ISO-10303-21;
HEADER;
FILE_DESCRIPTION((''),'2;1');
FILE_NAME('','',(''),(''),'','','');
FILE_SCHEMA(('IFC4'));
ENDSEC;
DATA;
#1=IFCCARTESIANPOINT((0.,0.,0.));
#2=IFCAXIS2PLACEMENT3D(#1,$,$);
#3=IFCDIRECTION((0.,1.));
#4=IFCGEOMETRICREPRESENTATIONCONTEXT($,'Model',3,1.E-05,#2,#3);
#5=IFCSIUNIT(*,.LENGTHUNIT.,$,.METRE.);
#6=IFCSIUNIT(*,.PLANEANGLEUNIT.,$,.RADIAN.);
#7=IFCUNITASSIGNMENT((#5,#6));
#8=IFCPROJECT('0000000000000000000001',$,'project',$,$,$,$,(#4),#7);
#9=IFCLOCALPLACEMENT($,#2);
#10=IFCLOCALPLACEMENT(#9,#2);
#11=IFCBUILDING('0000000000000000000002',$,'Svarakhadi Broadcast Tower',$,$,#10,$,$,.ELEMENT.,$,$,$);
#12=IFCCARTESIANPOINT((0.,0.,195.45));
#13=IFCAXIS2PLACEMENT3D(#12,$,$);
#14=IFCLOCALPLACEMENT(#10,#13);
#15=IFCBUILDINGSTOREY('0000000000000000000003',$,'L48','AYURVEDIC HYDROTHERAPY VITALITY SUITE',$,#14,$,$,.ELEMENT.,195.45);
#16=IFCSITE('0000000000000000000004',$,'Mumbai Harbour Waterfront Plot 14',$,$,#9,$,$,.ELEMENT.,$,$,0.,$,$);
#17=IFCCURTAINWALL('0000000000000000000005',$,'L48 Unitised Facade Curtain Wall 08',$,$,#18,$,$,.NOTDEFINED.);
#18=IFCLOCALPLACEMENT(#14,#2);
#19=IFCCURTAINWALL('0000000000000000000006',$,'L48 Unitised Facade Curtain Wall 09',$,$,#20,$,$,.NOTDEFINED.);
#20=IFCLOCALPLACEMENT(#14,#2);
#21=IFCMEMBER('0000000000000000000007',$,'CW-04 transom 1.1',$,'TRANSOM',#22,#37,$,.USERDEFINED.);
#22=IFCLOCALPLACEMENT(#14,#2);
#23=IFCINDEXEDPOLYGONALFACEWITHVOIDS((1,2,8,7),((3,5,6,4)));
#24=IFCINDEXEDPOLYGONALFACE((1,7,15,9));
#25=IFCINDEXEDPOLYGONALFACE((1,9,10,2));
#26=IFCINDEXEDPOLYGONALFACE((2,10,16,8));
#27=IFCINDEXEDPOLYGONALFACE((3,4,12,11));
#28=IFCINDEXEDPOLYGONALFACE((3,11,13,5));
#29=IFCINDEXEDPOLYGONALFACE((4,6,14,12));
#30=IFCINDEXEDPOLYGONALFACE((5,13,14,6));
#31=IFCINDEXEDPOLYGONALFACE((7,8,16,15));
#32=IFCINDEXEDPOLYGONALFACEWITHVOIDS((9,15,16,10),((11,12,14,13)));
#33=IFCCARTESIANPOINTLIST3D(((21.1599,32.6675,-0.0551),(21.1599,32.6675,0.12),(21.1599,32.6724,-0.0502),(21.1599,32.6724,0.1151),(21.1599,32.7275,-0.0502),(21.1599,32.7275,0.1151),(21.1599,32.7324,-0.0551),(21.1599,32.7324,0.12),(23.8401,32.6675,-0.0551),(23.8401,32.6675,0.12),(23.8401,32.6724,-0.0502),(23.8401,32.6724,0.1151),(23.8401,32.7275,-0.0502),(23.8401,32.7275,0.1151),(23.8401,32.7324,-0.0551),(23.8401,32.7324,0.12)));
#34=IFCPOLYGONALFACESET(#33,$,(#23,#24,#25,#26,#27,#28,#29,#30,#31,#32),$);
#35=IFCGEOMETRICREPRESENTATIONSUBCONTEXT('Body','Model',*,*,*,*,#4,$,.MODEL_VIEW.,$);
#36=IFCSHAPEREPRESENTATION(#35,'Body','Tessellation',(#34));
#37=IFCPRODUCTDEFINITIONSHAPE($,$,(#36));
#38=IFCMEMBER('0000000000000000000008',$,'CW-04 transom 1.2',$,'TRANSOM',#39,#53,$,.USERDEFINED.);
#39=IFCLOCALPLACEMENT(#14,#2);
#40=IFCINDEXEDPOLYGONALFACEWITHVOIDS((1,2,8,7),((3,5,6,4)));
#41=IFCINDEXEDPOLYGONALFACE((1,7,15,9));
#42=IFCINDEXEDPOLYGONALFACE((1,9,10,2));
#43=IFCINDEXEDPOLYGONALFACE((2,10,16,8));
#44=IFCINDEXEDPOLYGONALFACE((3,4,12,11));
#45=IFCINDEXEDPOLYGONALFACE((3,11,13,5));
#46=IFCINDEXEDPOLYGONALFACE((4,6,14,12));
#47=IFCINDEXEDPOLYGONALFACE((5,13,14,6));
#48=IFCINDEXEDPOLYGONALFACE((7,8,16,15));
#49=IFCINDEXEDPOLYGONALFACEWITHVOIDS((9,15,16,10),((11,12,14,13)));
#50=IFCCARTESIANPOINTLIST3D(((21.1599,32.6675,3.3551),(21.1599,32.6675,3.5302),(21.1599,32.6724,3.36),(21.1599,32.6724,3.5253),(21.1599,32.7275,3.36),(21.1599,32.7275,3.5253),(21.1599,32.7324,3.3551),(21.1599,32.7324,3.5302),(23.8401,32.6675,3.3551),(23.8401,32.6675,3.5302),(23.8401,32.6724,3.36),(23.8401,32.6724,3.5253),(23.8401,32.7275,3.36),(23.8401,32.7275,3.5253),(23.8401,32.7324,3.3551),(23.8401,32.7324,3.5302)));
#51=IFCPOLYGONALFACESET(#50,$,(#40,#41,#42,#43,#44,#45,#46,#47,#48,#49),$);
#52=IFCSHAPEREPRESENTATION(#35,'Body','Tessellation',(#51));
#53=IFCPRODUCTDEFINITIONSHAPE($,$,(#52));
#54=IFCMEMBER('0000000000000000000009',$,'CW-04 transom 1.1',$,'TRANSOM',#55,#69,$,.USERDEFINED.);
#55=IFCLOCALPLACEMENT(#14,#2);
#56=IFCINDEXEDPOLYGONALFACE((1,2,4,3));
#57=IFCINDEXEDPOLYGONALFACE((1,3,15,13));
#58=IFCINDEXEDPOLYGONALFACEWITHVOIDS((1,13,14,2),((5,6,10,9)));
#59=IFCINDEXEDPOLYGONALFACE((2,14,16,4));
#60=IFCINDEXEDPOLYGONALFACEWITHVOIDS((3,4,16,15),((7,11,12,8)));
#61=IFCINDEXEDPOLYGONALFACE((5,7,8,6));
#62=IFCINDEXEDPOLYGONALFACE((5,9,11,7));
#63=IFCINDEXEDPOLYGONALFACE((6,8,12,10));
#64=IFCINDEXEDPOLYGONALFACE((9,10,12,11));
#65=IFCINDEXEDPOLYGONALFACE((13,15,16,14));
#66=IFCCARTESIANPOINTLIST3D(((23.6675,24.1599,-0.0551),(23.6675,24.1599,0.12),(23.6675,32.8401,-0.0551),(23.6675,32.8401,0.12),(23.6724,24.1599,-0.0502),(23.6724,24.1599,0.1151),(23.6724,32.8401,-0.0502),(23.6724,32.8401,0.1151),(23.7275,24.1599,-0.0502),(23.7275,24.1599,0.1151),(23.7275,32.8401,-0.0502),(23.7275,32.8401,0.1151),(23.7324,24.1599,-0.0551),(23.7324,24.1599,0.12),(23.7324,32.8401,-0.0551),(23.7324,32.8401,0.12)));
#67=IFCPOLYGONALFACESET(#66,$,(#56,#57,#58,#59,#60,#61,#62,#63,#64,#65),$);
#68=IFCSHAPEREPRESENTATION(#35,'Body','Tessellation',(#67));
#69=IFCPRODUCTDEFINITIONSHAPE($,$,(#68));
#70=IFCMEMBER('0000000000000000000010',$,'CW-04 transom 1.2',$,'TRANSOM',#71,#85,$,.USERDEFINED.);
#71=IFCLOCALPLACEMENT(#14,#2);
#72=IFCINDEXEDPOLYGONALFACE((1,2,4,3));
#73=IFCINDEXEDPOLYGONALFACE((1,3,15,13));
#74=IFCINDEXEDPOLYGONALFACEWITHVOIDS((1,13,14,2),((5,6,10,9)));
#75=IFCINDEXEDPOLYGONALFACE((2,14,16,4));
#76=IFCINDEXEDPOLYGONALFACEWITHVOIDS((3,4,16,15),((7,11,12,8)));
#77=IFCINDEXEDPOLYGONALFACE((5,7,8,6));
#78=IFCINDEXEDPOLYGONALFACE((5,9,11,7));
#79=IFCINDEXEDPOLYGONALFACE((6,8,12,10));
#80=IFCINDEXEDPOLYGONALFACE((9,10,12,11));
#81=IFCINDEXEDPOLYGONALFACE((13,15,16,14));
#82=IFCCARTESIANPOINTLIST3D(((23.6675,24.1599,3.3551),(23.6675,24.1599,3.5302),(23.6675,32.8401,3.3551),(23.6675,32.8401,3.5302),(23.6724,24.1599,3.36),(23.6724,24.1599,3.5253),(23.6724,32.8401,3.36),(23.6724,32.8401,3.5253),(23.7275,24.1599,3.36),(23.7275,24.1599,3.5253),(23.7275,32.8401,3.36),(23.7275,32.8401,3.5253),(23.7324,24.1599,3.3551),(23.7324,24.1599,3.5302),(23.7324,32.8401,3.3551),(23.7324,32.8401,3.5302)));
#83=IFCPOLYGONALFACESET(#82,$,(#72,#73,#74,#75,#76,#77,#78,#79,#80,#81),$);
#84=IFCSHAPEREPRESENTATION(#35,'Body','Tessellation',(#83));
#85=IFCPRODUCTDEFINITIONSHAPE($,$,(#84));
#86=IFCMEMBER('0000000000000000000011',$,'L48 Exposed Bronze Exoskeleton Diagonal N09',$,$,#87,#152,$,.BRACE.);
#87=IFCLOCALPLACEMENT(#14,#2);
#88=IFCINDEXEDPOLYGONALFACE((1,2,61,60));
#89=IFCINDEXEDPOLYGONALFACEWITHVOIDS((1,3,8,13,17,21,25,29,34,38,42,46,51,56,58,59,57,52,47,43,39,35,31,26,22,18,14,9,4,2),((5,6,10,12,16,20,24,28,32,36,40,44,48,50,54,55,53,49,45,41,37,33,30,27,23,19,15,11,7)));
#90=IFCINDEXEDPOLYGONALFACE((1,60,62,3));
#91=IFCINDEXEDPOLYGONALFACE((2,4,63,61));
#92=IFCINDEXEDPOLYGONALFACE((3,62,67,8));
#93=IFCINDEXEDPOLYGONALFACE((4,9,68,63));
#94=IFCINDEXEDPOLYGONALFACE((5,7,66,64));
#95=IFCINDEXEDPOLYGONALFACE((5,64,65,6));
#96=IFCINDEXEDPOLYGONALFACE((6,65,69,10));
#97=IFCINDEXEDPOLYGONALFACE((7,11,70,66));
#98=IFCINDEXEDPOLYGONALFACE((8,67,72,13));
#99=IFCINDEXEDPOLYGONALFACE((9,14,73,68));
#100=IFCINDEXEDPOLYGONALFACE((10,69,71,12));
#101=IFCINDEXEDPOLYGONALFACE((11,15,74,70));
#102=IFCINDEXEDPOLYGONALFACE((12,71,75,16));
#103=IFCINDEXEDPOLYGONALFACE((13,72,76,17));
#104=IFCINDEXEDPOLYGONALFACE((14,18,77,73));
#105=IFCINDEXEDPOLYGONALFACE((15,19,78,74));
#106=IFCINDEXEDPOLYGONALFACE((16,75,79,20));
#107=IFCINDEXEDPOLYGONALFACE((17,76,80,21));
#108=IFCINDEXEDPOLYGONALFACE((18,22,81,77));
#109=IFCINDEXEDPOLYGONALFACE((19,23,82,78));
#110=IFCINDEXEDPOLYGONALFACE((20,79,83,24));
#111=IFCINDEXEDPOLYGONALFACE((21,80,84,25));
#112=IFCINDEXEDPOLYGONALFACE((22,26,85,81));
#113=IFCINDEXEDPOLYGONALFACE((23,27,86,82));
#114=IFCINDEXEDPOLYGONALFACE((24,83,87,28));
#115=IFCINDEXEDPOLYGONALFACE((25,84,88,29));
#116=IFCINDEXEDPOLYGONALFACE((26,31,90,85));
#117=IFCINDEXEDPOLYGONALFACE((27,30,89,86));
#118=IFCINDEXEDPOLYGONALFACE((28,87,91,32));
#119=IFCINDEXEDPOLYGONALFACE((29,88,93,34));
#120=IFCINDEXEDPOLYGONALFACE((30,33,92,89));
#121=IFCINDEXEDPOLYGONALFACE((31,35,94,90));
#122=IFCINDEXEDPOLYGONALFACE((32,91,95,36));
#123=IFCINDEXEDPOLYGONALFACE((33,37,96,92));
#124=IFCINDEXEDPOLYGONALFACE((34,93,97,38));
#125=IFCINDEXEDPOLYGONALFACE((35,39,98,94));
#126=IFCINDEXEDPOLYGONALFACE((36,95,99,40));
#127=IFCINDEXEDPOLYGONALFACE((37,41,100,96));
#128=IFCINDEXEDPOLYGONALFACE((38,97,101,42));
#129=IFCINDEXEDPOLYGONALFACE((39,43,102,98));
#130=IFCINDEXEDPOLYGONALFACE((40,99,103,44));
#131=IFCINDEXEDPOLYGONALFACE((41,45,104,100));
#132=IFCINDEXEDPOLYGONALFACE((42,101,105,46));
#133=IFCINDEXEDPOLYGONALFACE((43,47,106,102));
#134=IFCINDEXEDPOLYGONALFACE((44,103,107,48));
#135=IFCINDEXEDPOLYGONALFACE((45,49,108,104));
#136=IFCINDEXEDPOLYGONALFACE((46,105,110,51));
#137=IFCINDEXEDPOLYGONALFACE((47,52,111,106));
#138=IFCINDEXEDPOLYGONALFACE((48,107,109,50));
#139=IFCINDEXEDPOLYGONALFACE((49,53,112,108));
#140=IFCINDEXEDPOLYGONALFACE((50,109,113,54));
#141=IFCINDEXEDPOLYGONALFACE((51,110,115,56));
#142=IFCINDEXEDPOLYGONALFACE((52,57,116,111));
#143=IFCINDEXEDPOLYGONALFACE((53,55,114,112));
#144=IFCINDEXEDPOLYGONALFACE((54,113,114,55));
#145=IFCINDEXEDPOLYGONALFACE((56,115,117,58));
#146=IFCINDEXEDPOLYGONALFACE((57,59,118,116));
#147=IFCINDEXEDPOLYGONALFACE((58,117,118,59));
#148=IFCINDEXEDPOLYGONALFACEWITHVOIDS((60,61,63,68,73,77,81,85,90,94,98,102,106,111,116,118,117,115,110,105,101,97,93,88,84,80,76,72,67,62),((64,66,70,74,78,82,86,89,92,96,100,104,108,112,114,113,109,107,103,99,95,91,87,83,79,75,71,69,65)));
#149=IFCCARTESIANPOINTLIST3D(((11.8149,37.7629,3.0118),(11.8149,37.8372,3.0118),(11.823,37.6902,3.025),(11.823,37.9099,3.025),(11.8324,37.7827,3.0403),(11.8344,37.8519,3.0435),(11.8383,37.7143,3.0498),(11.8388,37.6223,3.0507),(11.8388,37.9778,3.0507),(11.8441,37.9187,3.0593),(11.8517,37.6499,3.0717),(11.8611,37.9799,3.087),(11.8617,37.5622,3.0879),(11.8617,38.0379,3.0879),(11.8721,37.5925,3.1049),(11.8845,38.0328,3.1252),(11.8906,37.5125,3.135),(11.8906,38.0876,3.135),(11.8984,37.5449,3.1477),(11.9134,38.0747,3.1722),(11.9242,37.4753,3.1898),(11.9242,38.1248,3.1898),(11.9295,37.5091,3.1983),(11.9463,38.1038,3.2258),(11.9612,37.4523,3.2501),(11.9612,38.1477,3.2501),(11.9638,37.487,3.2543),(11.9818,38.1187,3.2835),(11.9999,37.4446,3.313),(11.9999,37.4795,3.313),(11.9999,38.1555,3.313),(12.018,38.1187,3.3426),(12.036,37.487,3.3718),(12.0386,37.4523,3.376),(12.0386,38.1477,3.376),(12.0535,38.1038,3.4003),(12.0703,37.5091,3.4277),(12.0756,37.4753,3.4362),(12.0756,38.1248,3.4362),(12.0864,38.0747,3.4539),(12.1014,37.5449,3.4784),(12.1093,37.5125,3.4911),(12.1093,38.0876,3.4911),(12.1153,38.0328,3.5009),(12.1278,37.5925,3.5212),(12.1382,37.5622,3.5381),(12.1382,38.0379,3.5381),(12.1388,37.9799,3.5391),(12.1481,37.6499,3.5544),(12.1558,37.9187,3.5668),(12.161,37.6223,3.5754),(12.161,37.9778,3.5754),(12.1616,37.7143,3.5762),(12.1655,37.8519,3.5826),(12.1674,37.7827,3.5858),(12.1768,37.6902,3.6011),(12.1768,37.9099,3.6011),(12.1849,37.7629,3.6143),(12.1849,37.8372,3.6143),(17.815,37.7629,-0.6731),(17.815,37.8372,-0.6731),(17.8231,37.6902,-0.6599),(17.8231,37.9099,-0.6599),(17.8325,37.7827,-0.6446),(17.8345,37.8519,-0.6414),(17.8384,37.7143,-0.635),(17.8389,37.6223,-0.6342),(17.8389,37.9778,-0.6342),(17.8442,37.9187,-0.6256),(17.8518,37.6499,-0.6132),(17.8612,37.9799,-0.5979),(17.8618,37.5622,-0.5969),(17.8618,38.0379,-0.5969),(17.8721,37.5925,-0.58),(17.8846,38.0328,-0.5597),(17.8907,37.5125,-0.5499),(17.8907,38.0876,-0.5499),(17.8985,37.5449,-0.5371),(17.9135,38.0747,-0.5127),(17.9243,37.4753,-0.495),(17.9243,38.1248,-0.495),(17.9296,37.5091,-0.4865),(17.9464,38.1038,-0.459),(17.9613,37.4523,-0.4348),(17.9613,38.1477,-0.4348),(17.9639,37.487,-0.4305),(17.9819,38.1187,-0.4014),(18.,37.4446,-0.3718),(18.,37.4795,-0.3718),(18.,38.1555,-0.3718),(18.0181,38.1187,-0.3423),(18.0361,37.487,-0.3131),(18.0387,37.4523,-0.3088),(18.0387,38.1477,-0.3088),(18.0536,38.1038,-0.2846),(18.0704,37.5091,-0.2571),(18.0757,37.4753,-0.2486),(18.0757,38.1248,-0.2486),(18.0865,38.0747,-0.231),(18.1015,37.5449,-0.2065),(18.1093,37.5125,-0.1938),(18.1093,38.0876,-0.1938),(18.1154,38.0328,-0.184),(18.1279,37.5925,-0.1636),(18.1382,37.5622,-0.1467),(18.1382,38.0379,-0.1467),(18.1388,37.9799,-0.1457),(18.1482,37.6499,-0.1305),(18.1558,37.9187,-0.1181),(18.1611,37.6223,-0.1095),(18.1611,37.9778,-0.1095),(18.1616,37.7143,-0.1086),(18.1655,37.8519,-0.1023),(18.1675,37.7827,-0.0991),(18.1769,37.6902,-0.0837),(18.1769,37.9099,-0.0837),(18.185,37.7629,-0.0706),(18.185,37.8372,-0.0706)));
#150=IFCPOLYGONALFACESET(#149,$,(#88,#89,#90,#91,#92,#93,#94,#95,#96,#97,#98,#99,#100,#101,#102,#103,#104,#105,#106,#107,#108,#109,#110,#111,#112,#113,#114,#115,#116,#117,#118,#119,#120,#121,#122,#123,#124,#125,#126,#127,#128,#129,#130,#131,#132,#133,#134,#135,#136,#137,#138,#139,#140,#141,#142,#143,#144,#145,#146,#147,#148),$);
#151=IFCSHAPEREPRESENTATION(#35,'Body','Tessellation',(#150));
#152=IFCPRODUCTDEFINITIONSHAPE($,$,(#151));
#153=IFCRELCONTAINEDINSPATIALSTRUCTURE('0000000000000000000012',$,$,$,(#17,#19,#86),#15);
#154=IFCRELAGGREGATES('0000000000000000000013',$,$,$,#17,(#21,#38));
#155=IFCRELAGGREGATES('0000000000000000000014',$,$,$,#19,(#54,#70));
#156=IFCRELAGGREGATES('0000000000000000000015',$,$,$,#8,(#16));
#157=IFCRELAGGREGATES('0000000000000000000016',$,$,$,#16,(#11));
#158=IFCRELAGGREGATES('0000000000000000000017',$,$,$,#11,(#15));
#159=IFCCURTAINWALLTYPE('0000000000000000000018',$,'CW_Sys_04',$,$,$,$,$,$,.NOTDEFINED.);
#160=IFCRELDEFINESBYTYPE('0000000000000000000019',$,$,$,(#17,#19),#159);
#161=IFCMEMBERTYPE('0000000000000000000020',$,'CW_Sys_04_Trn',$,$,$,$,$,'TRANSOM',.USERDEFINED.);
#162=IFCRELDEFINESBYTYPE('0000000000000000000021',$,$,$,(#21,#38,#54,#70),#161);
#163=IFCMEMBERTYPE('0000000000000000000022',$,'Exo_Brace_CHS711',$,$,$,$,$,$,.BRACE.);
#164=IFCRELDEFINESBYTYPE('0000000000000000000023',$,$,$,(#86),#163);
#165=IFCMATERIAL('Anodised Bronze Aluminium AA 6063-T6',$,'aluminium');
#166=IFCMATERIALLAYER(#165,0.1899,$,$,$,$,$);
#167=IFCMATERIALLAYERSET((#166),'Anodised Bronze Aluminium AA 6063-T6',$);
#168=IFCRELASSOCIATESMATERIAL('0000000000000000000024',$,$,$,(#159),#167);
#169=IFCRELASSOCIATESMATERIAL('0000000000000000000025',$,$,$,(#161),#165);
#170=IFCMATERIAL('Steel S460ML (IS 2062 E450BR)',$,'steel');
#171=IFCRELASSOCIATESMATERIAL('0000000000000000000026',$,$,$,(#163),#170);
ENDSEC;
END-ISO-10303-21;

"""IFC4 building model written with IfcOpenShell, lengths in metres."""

from ifc_helpers import new_model, si_unit, direction, frame, origin, origin_2d, place, context, subcontext, project, spatial, hollow_rectangle, hollow_circle, extrude, material, layer, layer_set, material_profile, profile_set, type_object, element, aggregate, save


model = new_model("IFC4")

# Units and contexts
model_context = context("Model", 3, precision=1e-05, world=origin(), true_north=direction((0.0, 1.0)))
body_context = subcontext(model_context, "Body", "Model", "MODEL_VIEW")
ifc_project = project(units=[si_unit("LENGTHUNIT", "METRE"), si_unit("PLANEANGLEUNIT", "RADIAN")], contexts=[model_context])

# Site, building, storey
site_placement = place(None, origin())
site = spatial("IfcSite", under=ifc_project, at=site_placement, Name="Mumbai Harbour Waterfront Plot 14", CompositionType="ELEMENT", RefElevation=0.0)
building_placement = place(site_placement, origin())
building = spatial("IfcBuilding", under=site, at=building_placement, Name="Svarakhadi Broadcast Tower", CompositionType="ELEMENT")
storey_placement = place(building_placement, frame((0.0, 0.0, 195.45)))
storey = spatial("IfcBuildingStorey", under=building, at=storey_placement, Name="L48", Description="AYURVEDIC HYDROTHERAPY VITALITY SUITE", CompositionType="ELEMENT", Elevation=195.45)

# Curtain wall
ifc_material_1 = material(Name="Anodised Bronze Aluminium AA 6063-T6", Category="aluminium")
ifc_layer_1 = layer(ifc_material_1, 0.1899)
ifc_layer_set_1 = layer_set([ifc_layer_1], Name="Anodised Bronze Aluminium AA 6063-T6")
curtain_wall_type = type_object("IfcCurtainWallType", Name="CW_Sys_04", PredefinedType="NOTDEFINED", material=ifc_layer_set_1)
curtain_wall_1_placement = place(storey_placement, origin())
curtain_wall_1 = element("IfcCurtainWall", 1, at=curtain_wall_1_placement, inside=storey, type_object=curtain_wall_type, Name="L48 Unitised Facade Curtain Wall 08", PredefinedType="NOTDEFINED")

# Curtain wall
curtain_wall_2_placement = place(storey_placement, origin())
curtain_wall_2 = element("IfcCurtainWall", 2, at=curtain_wall_2_placement, inside=storey, type_object=curtain_wall_type, Name="L48 Unitised Facade Curtain Wall 09", PredefinedType="NOTDEFINED")

# Members
ifc_material_profile_1 = material_profile(ifc_material_1, hollow_rectangle(XDim=0.0649, YDim=0.175, WallThickness=0.0049, at=origin_2d()), Name="ALU TRANSOM 175x65x5")
ifc_profile_set_1 = profile_set([ifc_material_profile_1], Name="Anodised Bronze Aluminium AA 6063-T6")
member_type_1 = type_object("IfcMemberType", Name="CW_Sys_04_Trn", ElementType="TRANSOM", PredefinedType="USERDEFINED", material=ifc_profile_set_1)
member_1_placement = place(storey_placement, frame((21.1599, 32.7, 0.0325), z_axis=(1.0, 0.0, 0.0), x_axis=(0.0, 1.0, 0.0)))
member_1 = element("IfcMember", 3, at=member_1_placement, type_object=member_type_1, Name="CW-04 transom 1.1", ObjectType="TRANSOM", PredefinedType="USERDEFINED", context=body_context, shape_type="SweptSolid", body=[
    extrude(hollow_rectangle(XDim=0.0649, YDim=0.175, WallThickness=0.0049, at=origin_2d()), origin(), (0.0, 0.0, 1.0), 2.6802),
])
member_2_placement = place(storey_placement, frame((21.1599, 32.7, 3.4426), z_axis=(1.0, 0.0, 0.0), x_axis=(0.0, 1.0, 0.0)))
member_2 = element("IfcMember", 4, at=member_2_placement, type_object=member_type_1, Name="CW-04 transom 1.2", ObjectType="TRANSOM", PredefinedType="USERDEFINED", context=body_context, shape_type="SweptSolid", body=[
    extrude(hollow_rectangle(XDim=0.0649, YDim=0.175, WallThickness=0.0049, at=origin_2d()), origin(), (0.0, 0.0, 1.0), 2.6802),
])
member_3_placement = place(storey_placement, frame((23.7, 32.8401, 0.0325), z_axis=(0.0, -1.0, 0.0), x_axis=(1.0, 0.0, 0.0)))
member_3 = element("IfcMember", 5, at=member_3_placement, type_object=member_type_1, Name="CW-04 transom 1.1", ObjectType="TRANSOM", PredefinedType="USERDEFINED", context=body_context, shape_type="SweptSolid", body=[
    extrude(hollow_rectangle(XDim=0.0649, YDim=0.175, WallThickness=0.0049, at=origin_2d()), origin(), (0.0, 0.0, 1.0), 8.6802),
])
member_4_placement = place(storey_placement, frame((23.7, 32.8401, 3.4426), z_axis=(0.0, -1.0, 0.0), x_axis=(1.0, 0.0, 0.0)))
member_4 = element("IfcMember", 6, at=member_4_placement, type_object=member_type_1, Name="CW-04 transom 1.2", ObjectType="TRANSOM", PredefinedType="USERDEFINED", context=body_context, shape_type="SweptSolid", body=[
    extrude(hollow_rectangle(XDim=0.0649, YDim=0.175, WallThickness=0.0049, at=origin_2d()), origin(), (0.0, 0.0, 1.0), 8.6802),
])

# Member
ifc_material_2 = material(Name="Steel S460ML (IS 2062 E450BR)", Category="steel")
ifc_material_profile_2 = material_profile(ifc_material_2, hollow_circle(Radius=0.3555, WallThickness=0.0349, at=origin_2d()), Name="CHS 711x35")
ifc_profile_set_2 = profile_set([ifc_material_profile_2], Name="Steel S460ML (IS 2062 E450BR)")
member_type_2 = type_object("IfcMemberType", Name="Exo_Brace_CHS711", PredefinedType="BRACE", material=ifc_profile_set_2)
member_5_placement = place(storey_placement, frame((18.0, 37.8, -0.3718), z_axis=(-0.852133, 0.0, 0.523325), x_axis=(0.0, -1.0, 0.0)))
element("IfcMember", 7, at=member_5_placement, inside=storey, type_object=member_type_2, Name="L48 Exposed Bronze Exoskeleton Diagonal N09", PredefinedType="BRACE", context=body_context, shape_type="SweptSolid", body=[
    extrude(hollow_circle(Radius=0.3555, WallThickness=0.0349, at=origin_2d()), origin(), (0.0, 0.0, 1.0), 7.0413),
])

aggregate(curtain_wall_1, [member_1, member_2])
aggregate(curtain_wall_2, [member_3, member_4])

save(model, "model.ifc")
